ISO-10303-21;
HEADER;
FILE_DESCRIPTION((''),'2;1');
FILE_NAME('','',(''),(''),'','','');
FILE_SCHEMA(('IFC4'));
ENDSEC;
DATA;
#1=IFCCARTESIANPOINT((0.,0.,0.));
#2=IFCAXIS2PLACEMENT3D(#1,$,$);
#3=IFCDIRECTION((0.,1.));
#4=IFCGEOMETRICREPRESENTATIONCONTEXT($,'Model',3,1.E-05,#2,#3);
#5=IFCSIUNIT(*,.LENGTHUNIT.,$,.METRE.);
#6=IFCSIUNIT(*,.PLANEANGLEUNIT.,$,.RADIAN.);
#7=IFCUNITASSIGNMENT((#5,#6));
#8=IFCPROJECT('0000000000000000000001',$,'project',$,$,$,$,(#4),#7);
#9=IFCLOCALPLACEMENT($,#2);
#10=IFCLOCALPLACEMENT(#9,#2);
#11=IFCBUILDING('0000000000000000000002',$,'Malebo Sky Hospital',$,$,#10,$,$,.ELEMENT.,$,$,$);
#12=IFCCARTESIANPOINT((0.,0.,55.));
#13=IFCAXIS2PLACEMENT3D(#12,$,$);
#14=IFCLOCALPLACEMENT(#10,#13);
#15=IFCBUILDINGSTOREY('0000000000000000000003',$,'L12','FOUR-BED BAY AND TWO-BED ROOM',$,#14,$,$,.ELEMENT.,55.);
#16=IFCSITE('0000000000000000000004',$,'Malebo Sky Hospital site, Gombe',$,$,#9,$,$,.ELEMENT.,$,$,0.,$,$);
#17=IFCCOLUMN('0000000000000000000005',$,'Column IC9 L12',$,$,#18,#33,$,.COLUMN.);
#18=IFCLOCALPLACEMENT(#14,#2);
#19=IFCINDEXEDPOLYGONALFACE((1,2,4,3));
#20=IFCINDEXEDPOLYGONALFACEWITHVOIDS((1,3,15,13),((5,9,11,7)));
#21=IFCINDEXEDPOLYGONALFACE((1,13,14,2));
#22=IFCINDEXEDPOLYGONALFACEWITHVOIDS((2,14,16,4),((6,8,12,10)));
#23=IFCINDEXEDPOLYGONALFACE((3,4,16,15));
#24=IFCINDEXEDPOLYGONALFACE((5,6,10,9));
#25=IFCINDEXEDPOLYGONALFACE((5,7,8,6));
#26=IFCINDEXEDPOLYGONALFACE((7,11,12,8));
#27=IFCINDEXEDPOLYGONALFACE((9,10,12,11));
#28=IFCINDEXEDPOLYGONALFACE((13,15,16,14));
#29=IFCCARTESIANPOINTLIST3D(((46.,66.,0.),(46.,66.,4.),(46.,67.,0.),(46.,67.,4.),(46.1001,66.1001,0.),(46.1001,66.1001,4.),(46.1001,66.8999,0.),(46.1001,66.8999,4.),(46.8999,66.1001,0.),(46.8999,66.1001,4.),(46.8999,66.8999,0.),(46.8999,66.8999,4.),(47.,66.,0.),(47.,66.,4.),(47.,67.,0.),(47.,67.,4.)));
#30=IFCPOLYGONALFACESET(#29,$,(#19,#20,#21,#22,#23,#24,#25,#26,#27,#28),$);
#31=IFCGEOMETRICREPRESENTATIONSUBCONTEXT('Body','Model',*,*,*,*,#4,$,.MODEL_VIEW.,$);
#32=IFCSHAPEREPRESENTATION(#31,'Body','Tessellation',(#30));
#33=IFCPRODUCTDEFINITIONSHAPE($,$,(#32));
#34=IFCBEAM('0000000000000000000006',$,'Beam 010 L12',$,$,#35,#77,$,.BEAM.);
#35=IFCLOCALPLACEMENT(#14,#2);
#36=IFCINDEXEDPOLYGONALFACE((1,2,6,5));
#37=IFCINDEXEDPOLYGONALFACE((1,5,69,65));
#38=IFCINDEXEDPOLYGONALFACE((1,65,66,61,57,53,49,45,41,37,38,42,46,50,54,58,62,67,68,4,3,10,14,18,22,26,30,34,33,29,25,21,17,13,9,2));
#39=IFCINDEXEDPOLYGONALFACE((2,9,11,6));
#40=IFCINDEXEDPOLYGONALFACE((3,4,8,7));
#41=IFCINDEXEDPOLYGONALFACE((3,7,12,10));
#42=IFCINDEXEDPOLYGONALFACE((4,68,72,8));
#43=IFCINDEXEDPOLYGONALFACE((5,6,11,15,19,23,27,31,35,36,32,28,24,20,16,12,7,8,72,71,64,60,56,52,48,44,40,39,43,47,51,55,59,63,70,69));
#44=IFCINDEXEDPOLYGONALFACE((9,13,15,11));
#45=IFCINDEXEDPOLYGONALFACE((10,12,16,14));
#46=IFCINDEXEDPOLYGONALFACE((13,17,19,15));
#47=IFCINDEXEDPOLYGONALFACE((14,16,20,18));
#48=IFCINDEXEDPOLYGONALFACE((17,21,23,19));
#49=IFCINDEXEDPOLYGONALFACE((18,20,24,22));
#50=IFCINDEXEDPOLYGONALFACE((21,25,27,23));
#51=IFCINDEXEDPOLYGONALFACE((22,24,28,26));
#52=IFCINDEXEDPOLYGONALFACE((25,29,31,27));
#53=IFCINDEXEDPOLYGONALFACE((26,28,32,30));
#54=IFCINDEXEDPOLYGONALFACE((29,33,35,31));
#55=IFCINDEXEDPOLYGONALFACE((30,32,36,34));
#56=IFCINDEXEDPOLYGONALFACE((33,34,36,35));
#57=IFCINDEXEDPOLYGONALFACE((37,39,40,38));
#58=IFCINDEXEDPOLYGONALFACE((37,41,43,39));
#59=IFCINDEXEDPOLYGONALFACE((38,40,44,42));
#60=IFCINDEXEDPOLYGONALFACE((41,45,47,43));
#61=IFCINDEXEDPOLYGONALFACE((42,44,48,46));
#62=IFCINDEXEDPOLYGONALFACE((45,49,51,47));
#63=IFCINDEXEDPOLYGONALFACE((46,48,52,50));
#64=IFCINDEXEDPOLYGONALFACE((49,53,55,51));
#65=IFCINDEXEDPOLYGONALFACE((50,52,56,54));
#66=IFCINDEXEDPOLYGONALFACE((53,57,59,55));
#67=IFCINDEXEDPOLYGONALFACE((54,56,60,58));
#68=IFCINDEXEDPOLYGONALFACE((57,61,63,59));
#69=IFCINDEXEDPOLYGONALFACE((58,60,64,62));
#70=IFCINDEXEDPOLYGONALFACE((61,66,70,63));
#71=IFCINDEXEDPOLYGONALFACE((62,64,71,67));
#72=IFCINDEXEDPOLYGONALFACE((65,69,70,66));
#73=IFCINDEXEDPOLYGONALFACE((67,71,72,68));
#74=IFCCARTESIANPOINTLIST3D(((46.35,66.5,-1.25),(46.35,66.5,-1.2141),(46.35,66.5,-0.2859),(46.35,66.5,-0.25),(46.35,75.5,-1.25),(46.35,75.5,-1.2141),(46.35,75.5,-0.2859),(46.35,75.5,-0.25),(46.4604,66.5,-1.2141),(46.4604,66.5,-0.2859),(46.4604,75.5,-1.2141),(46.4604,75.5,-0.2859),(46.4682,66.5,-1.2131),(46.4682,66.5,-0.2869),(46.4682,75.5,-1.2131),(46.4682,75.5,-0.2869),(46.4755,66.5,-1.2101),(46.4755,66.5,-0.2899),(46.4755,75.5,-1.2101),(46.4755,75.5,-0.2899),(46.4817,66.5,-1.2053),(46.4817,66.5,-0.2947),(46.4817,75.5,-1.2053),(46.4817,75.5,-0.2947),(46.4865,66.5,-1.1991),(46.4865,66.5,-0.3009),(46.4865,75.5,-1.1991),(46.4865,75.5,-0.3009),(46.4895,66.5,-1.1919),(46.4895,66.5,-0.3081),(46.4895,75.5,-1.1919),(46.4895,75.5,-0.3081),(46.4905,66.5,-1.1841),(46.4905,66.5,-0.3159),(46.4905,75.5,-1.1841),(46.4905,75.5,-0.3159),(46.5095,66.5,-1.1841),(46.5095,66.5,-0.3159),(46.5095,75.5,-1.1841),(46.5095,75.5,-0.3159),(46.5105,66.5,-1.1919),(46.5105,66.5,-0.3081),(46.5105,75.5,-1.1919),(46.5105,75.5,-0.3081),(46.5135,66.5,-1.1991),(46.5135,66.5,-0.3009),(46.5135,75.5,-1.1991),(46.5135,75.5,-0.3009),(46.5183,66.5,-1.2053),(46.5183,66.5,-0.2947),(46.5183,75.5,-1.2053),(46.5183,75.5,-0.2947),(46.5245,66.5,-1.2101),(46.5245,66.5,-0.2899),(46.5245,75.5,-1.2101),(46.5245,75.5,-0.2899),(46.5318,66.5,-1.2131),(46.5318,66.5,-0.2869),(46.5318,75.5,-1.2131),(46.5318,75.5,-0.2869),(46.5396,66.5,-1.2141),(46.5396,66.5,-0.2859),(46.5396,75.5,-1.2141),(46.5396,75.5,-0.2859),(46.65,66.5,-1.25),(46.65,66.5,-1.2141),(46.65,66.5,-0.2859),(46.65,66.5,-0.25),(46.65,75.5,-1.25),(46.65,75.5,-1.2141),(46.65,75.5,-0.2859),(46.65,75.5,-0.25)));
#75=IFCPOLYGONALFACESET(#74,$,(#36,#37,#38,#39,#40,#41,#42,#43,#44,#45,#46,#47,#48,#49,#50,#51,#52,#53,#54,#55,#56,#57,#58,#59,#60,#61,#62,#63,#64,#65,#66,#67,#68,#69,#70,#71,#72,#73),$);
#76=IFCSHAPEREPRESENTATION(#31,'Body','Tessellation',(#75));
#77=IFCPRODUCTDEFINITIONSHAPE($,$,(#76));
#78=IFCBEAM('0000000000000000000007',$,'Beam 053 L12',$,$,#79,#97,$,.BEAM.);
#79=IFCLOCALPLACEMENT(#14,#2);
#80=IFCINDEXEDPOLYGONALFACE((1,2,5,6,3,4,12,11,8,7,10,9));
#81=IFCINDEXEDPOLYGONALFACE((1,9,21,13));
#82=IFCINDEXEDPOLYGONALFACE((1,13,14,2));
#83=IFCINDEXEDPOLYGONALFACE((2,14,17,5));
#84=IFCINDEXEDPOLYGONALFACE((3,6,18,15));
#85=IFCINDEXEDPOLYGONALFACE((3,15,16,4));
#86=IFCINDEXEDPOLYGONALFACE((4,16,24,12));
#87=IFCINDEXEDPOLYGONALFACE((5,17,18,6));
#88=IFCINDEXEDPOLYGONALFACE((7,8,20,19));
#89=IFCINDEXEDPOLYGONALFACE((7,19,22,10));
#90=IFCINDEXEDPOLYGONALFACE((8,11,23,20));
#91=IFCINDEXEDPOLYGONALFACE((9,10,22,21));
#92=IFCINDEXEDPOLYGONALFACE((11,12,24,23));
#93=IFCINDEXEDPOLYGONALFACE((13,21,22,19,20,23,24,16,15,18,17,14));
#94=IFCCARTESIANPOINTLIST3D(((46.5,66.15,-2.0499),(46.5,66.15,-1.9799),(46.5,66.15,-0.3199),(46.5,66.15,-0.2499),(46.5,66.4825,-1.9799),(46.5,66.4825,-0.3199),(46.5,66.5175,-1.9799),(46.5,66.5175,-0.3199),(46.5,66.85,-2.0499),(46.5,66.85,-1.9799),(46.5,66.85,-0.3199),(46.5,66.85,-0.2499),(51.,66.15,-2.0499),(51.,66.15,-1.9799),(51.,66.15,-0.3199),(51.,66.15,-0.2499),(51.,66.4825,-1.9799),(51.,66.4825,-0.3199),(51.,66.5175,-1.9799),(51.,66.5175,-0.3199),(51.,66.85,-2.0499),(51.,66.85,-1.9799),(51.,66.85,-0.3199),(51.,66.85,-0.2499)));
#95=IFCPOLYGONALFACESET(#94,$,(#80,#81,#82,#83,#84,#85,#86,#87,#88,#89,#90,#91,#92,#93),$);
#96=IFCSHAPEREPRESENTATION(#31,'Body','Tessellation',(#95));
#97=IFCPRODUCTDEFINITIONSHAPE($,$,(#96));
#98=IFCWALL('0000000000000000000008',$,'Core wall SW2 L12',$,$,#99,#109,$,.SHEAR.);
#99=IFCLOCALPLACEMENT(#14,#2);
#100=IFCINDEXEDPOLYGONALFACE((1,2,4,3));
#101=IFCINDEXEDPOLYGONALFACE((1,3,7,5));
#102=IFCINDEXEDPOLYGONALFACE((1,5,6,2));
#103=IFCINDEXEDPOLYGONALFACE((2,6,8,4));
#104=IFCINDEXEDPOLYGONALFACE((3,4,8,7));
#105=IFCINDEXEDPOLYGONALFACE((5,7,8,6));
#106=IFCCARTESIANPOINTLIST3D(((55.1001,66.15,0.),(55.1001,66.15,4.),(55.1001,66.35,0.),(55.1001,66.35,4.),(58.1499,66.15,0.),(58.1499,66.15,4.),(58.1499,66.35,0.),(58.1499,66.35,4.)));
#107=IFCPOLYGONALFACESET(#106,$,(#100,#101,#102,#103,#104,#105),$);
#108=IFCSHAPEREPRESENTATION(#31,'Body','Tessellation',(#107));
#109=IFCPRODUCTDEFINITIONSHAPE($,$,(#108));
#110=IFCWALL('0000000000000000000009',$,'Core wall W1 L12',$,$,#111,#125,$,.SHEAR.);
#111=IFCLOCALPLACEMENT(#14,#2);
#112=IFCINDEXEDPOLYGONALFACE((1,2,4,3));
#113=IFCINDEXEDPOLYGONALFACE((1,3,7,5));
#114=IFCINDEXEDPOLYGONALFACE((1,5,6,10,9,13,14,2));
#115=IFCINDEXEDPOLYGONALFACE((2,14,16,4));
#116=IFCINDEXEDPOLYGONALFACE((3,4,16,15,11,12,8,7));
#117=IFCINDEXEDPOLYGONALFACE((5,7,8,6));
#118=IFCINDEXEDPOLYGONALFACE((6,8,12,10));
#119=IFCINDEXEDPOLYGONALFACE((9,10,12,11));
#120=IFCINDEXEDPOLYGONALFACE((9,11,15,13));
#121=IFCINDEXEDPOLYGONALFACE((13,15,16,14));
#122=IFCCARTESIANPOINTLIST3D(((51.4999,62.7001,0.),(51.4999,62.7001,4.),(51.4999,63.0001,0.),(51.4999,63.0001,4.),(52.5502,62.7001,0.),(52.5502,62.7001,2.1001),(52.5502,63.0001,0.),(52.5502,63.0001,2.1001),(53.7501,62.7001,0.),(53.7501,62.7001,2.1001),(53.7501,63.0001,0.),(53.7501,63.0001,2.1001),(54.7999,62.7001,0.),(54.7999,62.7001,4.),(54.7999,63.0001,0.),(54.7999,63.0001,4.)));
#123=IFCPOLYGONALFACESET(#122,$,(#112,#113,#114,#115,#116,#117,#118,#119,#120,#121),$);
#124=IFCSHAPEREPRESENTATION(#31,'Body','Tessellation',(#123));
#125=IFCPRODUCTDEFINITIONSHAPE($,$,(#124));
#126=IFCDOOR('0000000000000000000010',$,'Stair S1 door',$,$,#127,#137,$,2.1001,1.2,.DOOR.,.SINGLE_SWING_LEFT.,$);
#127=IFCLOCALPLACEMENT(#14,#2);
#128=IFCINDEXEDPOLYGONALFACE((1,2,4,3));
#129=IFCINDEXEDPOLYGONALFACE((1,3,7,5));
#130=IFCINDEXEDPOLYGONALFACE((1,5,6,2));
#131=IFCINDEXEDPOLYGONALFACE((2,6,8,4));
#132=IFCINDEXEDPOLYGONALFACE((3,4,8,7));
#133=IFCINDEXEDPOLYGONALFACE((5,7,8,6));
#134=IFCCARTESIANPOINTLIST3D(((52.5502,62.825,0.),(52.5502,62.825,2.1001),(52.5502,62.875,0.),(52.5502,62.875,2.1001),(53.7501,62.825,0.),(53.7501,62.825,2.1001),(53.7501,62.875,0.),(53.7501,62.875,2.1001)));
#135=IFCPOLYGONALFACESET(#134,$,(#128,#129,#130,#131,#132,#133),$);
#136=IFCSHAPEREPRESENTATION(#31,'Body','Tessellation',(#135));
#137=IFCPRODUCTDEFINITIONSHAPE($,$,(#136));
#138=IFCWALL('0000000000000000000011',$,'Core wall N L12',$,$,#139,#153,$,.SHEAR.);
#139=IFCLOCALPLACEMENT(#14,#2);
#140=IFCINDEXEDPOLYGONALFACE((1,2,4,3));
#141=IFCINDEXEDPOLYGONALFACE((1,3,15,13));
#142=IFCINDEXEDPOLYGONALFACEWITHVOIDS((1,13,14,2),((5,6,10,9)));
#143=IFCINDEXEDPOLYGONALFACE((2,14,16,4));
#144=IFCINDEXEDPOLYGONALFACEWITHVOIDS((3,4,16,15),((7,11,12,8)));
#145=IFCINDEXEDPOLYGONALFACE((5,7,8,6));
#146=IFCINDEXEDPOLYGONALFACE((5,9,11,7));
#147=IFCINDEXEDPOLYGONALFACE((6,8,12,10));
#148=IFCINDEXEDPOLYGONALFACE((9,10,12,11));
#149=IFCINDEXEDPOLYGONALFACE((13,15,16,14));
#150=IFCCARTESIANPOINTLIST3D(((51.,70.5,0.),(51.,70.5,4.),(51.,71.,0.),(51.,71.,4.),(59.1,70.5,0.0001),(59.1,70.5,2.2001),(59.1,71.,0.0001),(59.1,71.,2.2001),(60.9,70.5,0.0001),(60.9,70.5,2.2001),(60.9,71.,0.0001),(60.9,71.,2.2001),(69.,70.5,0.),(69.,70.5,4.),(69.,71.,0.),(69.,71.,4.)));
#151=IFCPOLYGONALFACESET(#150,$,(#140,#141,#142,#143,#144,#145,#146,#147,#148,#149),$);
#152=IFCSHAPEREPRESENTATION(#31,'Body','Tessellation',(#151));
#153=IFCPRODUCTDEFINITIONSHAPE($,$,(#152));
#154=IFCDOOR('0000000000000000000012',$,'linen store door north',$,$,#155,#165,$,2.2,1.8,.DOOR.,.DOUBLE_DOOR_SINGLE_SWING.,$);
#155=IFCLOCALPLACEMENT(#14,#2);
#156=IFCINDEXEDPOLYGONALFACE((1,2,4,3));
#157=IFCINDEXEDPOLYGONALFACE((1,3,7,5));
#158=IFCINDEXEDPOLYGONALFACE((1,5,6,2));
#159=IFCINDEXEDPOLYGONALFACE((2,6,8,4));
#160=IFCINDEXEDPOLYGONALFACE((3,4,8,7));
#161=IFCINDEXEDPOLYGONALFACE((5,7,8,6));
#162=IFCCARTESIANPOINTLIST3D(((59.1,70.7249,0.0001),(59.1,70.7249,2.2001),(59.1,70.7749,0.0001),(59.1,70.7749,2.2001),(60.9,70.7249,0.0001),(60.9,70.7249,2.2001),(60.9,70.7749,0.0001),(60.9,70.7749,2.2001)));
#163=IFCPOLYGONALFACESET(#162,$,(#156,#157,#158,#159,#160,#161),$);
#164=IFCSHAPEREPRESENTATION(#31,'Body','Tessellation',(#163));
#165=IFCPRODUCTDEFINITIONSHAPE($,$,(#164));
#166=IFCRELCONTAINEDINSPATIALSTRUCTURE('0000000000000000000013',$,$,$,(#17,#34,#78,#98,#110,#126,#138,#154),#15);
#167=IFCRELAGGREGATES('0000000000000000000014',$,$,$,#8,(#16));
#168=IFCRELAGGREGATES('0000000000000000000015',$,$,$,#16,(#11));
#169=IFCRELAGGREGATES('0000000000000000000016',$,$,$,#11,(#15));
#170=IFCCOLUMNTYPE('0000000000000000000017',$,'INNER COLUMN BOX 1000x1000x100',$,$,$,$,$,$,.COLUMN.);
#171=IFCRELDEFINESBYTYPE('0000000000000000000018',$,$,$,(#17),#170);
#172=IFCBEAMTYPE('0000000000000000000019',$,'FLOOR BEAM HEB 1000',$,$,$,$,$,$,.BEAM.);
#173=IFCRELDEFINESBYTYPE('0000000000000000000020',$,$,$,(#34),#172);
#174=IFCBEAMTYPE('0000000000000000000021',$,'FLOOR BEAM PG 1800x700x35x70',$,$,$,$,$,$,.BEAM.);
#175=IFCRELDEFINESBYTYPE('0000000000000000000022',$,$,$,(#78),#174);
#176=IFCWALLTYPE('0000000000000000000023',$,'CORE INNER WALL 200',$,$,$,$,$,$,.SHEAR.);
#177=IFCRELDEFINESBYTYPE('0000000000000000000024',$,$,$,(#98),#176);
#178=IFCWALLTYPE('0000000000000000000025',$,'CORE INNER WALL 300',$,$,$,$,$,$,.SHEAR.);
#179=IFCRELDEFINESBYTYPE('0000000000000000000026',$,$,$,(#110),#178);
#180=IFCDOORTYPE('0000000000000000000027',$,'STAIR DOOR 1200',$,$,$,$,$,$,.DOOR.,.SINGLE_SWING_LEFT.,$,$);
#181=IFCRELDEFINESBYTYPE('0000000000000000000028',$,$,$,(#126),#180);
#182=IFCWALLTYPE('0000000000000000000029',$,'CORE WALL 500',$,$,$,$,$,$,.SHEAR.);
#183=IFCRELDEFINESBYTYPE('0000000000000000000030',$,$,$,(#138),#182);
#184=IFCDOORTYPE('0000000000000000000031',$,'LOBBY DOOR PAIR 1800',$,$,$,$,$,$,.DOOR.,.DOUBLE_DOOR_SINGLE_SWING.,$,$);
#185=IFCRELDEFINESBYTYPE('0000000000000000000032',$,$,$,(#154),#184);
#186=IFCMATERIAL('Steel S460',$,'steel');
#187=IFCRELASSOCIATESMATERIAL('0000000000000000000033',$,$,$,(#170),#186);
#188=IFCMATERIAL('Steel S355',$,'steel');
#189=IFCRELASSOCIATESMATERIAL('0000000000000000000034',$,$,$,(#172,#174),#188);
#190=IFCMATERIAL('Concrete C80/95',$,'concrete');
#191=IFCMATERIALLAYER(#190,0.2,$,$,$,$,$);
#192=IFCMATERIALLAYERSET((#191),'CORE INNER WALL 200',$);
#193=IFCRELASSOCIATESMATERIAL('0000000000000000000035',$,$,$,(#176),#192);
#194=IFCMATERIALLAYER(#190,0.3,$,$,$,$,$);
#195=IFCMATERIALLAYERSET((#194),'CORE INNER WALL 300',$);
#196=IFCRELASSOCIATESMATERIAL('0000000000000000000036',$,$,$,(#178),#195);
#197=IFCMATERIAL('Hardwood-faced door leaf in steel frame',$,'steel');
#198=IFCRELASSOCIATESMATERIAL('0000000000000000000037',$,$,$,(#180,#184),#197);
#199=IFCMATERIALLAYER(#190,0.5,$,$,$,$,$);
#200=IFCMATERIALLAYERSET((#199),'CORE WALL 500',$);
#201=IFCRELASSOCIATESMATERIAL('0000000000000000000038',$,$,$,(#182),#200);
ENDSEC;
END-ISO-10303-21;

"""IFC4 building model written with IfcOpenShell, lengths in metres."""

from ifc_helpers import new_model, si_unit, direction, frame, frame_2d, origin, origin_2d, place, context, subcontext, project, spatial, rectangle, hollow_rectangle, i_section, extrude, material, layer, layer_set, material_profile, profile_set, type_object, element, fill, save


model = new_model("IFC4")

# Units and contexts
model_context = context("Model", 3, precision=1e-05, world=origin(), true_north=direction((0.0, 1.0)))
body_context = subcontext(model_context, "Body", "Model", "MODEL_VIEW")
ifc_project = project(units=[si_unit("LENGTHUNIT", "METRE"), si_unit("PLANEANGLEUNIT", "RADIAN")], contexts=[model_context])

# Site, building, storey
site_placement = place(None, origin())
site = spatial("IfcSite", under=ifc_project, at=site_placement, Name="Malebo Sky Hospital site, Gombe", CompositionType="ELEMENT", RefElevation=0.0)
building_placement = place(site_placement, origin())
building = spatial("IfcBuilding", under=site, at=building_placement, Name="Malebo Sky Hospital", CompositionType="ELEMENT")
storey_placement = place(building_placement, frame((0.0, 0.0, 55.0)))
storey = spatial("IfcBuildingStorey", under=building, at=storey_placement, Name="L12", Description="FOUR-BED BAY AND TWO-BED ROOM", CompositionType="ELEMENT", Elevation=55.0)

# Column
ifc_material_1 = material(Name="Steel S460", Category="steel")
ifc_material_profile_1 = material_profile(ifc_material_1, hollow_rectangle(XDim=1.0, YDim=1.0, WallThickness=0.1001, at=origin_2d()), Name="BOX 1000x1000x100")
ifc_profile_set_1 = profile_set([ifc_material_profile_1], Name="Steel S460")
column_type = type_object("IfcColumnType", Name="INNER COLUMN BOX 1000x1000x100", PredefinedType="COLUMN", material=ifc_profile_set_1)
column_placement = place(storey_placement, frame((46.5, 66.5, 0.0), z_axis=(0.0, 0.0, 1.0), x_axis=(1.0, 0.0, 0.0)))
element("IfcColumn", 1, at=column_placement, inside=storey, type_object=column_type, Name="Column IC9 L12", PredefinedType="COLUMN", context=body_context, shape_type="SweptSolid", body=[
    extrude(hollow_rectangle(XDim=1.0, YDim=1.0, WallThickness=0.1001, at=origin_2d()), origin(), (0.0, 0.0, 1.0), 4.0),
])

# Beams
ifc_material_2 = material(Name="Steel S355", Category="steel")
ifc_material_profile_2 = material_profile(ifc_material_2, i_section(OverallWidth=0.3, OverallDepth=1.0, WebThickness=0.019, FlangeThickness=0.0359, FilletRadius=0.03, at=origin_2d()), Name="HEB 1000")
ifc_profile_set_2 = profile_set([ifc_material_profile_2], Name="Steel S355")
beam_type_1 = type_object("IfcBeamType", Name="FLOOR BEAM HEB 1000", PredefinedType="BEAM", material=ifc_profile_set_2)
beam_1_placement = place(storey_placement, frame((46.5, 66.5, -0.75), z_axis=(0.0, 1.0, 0.0), x_axis=(-1.0, 0.0, 0.0)))
element("IfcBeam", 2, at=beam_1_placement, inside=storey, type_object=beam_type_1, Name="Beam 010 L12", PredefinedType="BEAM", context=body_context, shape_type="SweptSolid", body=[
    extrude(i_section(OverallWidth=0.3, OverallDepth=1.0, WebThickness=0.019, FlangeThickness=0.0359, FilletRadius=0.03, at=origin_2d()), origin(), (0.0, 0.0, 1.0), 9.0),
])
ifc_material_profile_3 = material_profile(ifc_material_2, i_section(OverallWidth=0.7, OverallDepth=1.8, WebThickness=0.0349, FlangeThickness=0.0701, at=origin_2d()), Name="PG 1800x700x35x70")
ifc_profile_set_3 = profile_set([ifc_material_profile_3], Name="Steel S355")
beam_type_2 = type_object("IfcBeamType", Name="FLOOR BEAM PG 1800x700x35x70", PredefinedType="BEAM", material=ifc_profile_set_3)
beam_2_placement = place(storey_placement, frame((46.5, 66.5, -1.1499), z_axis=(1.0, 0.0, 0.0), x_axis=(0.0, 1.0, 0.0)))
element("IfcBeam", 3, at=beam_2_placement, inside=storey, type_object=beam_type_2, Name="Beam 053 L12", PredefinedType="BEAM", context=body_context, shape_type="SweptSolid", body=[
    extrude(i_section(OverallWidth=0.7, OverallDepth=1.8, WebThickness=0.0349, FlangeThickness=0.0701, at=origin_2d()), origin(), (0.0, 0.0, 1.0), 4.5),
])

# Wall
ifc_material_3 = material(Name="Concrete C80/95", Category="concrete")
ifc_layer_1 = layer(ifc_material_3, 0.2)
ifc_layer_set_1 = layer_set([ifc_layer_1], Name="CORE INNER WALL 200")
wall_type_1 = type_object("IfcWallType", Name="CORE INNER WALL 200", PredefinedType="SHEAR", material=ifc_layer_set_1)
wall_1_placement = place(storey_placement, frame((55.1001, 66.25, 0.0), z_axis=(0.0, 0.0, 1.0), x_axis=(1.0, 0.0, 0.0)))
element("IfcWall", 4, at=wall_1_placement, inside=storey, type_object=wall_type_1, Name="Core wall SW2 L12", PredefinedType="SHEAR", context=body_context, shape_type="SweptSolid", body=[
    extrude(rectangle(XDim=3.0498, YDim=0.2, at=frame_2d((1.5249, 0.0))), origin(), (0.0, 0.0, 1.0), 4.0),
])

# Walls, openings, doors
ifc_layer_2 = layer(ifc_material_3, 0.3)
ifc_layer_set_2 = layer_set([ifc_layer_2], Name="CORE INNER WALL 300")
wall_type_2 = type_object("IfcWallType", Name="CORE INNER WALL 300", PredefinedType="SHEAR", material=ifc_layer_set_2)
wall_2_placement = place(storey_placement, frame((51.5, 62.8501, 0.0), z_axis=(0.0, 0.0, 1.0), x_axis=(1.0, 0.0, 0.0)))
wall_2 = element("IfcWall", 5, at=wall_2_placement, inside=storey, type_object=wall_type_2, Name="Core wall W1 L12", PredefinedType="SHEAR", context=body_context, shape_type="SweptSolid", body=[
    extrude(rectangle(XDim=3.3, YDim=0.3, at=frame_2d((1.6499, 0.0))), origin(), (0.0, 0.0, 1.0), 4.0),
])
opening_1_placement = place(wall_2_placement, frame((1.05, 0.0, 0.0)))
opening_1 = element("IfcOpeningElement", 6, at=opening_1_placement, cuts=wall_2, PredefinedType="OPENING", context=body_context, shape_type="SweptSolid", body=[
    extrude(rectangle(XDim=1.2, YDim=2.1001, at=frame_2d((0.6001, 1.05))), frame((0.0, 0.1599, 0.0), z_axis=(0.0, -1.0, 0.0), x_axis=(1.0, 0.0, 0.0)), (0.0, 0.0, 1.0), 0.3201),
])
ifc_material_4 = material(Name="Hardwood-faced door leaf in steel frame", Category="steel")
door_type_1 = type_object("IfcDoorType", Name="STAIR DOOR 1200", OperationType="SINGLE_SWING_LEFT", PredefinedType="DOOR", material=ifc_material_4)
door_1_placement = place(opening_1_placement, origin())
door_1 = element("IfcDoor", 7, at=door_1_placement, inside=storey, type_object=door_type_1, Name="Stair S1 door", OperationType="SINGLE_SWING_LEFT", OverallHeight=2.1001, OverallWidth=1.2, PredefinedType="DOOR", context=body_context, shape_type="SweptSolid", body=[
    extrude(rectangle(XDim=1.2, YDim=2.1001, at=frame_2d((0.6001, 1.05))), frame((0.0, 0.0249, 0.0), z_axis=(0.0, -1.0, 0.0), x_axis=(1.0, 0.0, 0.0)), (0.0, 0.0, 1.0), 0.05),
])
fill(opening_1, door_1)
ifc_layer_3 = layer(ifc_material_3, 0.5)
ifc_layer_set_3 = layer_set([ifc_layer_3], Name="CORE WALL 500")
wall_type_3 = type_object("IfcWallType", Name="CORE WALL 500", PredefinedType="SHEAR", material=ifc_layer_set_3)
wall_3_placement = place(storey_placement, frame((51.0, 70.75, 0.0), z_axis=(0.0, 0.0, 1.0), x_axis=(1.0, 0.0, 0.0)))
wall_3 = element("IfcWall", 8, at=wall_3_placement, inside=storey, type_object=wall_type_3, Name="Core wall N L12", PredefinedType="SHEAR", context=body_context, shape_type="SweptSolid", body=[
    extrude(rectangle(XDim=18.0, YDim=0.5, at=frame_2d((9.0, 0.0))), origin(), (0.0, 0.0, 1.0), 4.0),
])
opening_2_placement = place(wall_3_placement, frame((8.1001, 0.0, 0.0)))
opening_2 = element("IfcOpeningElement", 9, at=opening_2_placement, cuts=wall_3, PredefinedType="OPENING", context=body_context, shape_type="SweptSolid", body=[
    extrude(rectangle(XDim=1.8, YDim=2.2, at=frame_2d((0.8999, 1.1001))), frame((0.0, 0.26, 0.0), z_axis=(0.0, -1.0, 0.0), x_axis=(1.0, 0.0, 0.0)), (0.0, 0.0, 1.0), 0.52),
])
door_type_2 = type_object("IfcDoorType", Name="LOBBY DOOR PAIR 1800", OperationType="DOUBLE_DOOR_SINGLE_SWING", PredefinedType="DOOR", material=ifc_material_4)
door_2_placement = place(opening_2_placement, origin())
door_2 = element("IfcDoor", 10, at=door_2_placement, inside=storey, type_object=door_type_2, Name="linen store door north", OperationType="DOUBLE_DOOR_SINGLE_SWING", OverallHeight=2.2, OverallWidth=1.8, PredefinedType="DOOR", context=body_context, shape_type="SweptSolid", body=[
    extrude(rectangle(XDim=1.8, YDim=2.2, at=frame_2d((0.8999, 1.1001))), frame((0.0, 0.0249, 0.0), z_axis=(0.0, -1.0, 0.0), x_axis=(1.0, 0.0, 0.0)), (0.0, 0.0, 1.0), 0.05),
])
fill(opening_2, door_2)

save(model, "model.ifc")
